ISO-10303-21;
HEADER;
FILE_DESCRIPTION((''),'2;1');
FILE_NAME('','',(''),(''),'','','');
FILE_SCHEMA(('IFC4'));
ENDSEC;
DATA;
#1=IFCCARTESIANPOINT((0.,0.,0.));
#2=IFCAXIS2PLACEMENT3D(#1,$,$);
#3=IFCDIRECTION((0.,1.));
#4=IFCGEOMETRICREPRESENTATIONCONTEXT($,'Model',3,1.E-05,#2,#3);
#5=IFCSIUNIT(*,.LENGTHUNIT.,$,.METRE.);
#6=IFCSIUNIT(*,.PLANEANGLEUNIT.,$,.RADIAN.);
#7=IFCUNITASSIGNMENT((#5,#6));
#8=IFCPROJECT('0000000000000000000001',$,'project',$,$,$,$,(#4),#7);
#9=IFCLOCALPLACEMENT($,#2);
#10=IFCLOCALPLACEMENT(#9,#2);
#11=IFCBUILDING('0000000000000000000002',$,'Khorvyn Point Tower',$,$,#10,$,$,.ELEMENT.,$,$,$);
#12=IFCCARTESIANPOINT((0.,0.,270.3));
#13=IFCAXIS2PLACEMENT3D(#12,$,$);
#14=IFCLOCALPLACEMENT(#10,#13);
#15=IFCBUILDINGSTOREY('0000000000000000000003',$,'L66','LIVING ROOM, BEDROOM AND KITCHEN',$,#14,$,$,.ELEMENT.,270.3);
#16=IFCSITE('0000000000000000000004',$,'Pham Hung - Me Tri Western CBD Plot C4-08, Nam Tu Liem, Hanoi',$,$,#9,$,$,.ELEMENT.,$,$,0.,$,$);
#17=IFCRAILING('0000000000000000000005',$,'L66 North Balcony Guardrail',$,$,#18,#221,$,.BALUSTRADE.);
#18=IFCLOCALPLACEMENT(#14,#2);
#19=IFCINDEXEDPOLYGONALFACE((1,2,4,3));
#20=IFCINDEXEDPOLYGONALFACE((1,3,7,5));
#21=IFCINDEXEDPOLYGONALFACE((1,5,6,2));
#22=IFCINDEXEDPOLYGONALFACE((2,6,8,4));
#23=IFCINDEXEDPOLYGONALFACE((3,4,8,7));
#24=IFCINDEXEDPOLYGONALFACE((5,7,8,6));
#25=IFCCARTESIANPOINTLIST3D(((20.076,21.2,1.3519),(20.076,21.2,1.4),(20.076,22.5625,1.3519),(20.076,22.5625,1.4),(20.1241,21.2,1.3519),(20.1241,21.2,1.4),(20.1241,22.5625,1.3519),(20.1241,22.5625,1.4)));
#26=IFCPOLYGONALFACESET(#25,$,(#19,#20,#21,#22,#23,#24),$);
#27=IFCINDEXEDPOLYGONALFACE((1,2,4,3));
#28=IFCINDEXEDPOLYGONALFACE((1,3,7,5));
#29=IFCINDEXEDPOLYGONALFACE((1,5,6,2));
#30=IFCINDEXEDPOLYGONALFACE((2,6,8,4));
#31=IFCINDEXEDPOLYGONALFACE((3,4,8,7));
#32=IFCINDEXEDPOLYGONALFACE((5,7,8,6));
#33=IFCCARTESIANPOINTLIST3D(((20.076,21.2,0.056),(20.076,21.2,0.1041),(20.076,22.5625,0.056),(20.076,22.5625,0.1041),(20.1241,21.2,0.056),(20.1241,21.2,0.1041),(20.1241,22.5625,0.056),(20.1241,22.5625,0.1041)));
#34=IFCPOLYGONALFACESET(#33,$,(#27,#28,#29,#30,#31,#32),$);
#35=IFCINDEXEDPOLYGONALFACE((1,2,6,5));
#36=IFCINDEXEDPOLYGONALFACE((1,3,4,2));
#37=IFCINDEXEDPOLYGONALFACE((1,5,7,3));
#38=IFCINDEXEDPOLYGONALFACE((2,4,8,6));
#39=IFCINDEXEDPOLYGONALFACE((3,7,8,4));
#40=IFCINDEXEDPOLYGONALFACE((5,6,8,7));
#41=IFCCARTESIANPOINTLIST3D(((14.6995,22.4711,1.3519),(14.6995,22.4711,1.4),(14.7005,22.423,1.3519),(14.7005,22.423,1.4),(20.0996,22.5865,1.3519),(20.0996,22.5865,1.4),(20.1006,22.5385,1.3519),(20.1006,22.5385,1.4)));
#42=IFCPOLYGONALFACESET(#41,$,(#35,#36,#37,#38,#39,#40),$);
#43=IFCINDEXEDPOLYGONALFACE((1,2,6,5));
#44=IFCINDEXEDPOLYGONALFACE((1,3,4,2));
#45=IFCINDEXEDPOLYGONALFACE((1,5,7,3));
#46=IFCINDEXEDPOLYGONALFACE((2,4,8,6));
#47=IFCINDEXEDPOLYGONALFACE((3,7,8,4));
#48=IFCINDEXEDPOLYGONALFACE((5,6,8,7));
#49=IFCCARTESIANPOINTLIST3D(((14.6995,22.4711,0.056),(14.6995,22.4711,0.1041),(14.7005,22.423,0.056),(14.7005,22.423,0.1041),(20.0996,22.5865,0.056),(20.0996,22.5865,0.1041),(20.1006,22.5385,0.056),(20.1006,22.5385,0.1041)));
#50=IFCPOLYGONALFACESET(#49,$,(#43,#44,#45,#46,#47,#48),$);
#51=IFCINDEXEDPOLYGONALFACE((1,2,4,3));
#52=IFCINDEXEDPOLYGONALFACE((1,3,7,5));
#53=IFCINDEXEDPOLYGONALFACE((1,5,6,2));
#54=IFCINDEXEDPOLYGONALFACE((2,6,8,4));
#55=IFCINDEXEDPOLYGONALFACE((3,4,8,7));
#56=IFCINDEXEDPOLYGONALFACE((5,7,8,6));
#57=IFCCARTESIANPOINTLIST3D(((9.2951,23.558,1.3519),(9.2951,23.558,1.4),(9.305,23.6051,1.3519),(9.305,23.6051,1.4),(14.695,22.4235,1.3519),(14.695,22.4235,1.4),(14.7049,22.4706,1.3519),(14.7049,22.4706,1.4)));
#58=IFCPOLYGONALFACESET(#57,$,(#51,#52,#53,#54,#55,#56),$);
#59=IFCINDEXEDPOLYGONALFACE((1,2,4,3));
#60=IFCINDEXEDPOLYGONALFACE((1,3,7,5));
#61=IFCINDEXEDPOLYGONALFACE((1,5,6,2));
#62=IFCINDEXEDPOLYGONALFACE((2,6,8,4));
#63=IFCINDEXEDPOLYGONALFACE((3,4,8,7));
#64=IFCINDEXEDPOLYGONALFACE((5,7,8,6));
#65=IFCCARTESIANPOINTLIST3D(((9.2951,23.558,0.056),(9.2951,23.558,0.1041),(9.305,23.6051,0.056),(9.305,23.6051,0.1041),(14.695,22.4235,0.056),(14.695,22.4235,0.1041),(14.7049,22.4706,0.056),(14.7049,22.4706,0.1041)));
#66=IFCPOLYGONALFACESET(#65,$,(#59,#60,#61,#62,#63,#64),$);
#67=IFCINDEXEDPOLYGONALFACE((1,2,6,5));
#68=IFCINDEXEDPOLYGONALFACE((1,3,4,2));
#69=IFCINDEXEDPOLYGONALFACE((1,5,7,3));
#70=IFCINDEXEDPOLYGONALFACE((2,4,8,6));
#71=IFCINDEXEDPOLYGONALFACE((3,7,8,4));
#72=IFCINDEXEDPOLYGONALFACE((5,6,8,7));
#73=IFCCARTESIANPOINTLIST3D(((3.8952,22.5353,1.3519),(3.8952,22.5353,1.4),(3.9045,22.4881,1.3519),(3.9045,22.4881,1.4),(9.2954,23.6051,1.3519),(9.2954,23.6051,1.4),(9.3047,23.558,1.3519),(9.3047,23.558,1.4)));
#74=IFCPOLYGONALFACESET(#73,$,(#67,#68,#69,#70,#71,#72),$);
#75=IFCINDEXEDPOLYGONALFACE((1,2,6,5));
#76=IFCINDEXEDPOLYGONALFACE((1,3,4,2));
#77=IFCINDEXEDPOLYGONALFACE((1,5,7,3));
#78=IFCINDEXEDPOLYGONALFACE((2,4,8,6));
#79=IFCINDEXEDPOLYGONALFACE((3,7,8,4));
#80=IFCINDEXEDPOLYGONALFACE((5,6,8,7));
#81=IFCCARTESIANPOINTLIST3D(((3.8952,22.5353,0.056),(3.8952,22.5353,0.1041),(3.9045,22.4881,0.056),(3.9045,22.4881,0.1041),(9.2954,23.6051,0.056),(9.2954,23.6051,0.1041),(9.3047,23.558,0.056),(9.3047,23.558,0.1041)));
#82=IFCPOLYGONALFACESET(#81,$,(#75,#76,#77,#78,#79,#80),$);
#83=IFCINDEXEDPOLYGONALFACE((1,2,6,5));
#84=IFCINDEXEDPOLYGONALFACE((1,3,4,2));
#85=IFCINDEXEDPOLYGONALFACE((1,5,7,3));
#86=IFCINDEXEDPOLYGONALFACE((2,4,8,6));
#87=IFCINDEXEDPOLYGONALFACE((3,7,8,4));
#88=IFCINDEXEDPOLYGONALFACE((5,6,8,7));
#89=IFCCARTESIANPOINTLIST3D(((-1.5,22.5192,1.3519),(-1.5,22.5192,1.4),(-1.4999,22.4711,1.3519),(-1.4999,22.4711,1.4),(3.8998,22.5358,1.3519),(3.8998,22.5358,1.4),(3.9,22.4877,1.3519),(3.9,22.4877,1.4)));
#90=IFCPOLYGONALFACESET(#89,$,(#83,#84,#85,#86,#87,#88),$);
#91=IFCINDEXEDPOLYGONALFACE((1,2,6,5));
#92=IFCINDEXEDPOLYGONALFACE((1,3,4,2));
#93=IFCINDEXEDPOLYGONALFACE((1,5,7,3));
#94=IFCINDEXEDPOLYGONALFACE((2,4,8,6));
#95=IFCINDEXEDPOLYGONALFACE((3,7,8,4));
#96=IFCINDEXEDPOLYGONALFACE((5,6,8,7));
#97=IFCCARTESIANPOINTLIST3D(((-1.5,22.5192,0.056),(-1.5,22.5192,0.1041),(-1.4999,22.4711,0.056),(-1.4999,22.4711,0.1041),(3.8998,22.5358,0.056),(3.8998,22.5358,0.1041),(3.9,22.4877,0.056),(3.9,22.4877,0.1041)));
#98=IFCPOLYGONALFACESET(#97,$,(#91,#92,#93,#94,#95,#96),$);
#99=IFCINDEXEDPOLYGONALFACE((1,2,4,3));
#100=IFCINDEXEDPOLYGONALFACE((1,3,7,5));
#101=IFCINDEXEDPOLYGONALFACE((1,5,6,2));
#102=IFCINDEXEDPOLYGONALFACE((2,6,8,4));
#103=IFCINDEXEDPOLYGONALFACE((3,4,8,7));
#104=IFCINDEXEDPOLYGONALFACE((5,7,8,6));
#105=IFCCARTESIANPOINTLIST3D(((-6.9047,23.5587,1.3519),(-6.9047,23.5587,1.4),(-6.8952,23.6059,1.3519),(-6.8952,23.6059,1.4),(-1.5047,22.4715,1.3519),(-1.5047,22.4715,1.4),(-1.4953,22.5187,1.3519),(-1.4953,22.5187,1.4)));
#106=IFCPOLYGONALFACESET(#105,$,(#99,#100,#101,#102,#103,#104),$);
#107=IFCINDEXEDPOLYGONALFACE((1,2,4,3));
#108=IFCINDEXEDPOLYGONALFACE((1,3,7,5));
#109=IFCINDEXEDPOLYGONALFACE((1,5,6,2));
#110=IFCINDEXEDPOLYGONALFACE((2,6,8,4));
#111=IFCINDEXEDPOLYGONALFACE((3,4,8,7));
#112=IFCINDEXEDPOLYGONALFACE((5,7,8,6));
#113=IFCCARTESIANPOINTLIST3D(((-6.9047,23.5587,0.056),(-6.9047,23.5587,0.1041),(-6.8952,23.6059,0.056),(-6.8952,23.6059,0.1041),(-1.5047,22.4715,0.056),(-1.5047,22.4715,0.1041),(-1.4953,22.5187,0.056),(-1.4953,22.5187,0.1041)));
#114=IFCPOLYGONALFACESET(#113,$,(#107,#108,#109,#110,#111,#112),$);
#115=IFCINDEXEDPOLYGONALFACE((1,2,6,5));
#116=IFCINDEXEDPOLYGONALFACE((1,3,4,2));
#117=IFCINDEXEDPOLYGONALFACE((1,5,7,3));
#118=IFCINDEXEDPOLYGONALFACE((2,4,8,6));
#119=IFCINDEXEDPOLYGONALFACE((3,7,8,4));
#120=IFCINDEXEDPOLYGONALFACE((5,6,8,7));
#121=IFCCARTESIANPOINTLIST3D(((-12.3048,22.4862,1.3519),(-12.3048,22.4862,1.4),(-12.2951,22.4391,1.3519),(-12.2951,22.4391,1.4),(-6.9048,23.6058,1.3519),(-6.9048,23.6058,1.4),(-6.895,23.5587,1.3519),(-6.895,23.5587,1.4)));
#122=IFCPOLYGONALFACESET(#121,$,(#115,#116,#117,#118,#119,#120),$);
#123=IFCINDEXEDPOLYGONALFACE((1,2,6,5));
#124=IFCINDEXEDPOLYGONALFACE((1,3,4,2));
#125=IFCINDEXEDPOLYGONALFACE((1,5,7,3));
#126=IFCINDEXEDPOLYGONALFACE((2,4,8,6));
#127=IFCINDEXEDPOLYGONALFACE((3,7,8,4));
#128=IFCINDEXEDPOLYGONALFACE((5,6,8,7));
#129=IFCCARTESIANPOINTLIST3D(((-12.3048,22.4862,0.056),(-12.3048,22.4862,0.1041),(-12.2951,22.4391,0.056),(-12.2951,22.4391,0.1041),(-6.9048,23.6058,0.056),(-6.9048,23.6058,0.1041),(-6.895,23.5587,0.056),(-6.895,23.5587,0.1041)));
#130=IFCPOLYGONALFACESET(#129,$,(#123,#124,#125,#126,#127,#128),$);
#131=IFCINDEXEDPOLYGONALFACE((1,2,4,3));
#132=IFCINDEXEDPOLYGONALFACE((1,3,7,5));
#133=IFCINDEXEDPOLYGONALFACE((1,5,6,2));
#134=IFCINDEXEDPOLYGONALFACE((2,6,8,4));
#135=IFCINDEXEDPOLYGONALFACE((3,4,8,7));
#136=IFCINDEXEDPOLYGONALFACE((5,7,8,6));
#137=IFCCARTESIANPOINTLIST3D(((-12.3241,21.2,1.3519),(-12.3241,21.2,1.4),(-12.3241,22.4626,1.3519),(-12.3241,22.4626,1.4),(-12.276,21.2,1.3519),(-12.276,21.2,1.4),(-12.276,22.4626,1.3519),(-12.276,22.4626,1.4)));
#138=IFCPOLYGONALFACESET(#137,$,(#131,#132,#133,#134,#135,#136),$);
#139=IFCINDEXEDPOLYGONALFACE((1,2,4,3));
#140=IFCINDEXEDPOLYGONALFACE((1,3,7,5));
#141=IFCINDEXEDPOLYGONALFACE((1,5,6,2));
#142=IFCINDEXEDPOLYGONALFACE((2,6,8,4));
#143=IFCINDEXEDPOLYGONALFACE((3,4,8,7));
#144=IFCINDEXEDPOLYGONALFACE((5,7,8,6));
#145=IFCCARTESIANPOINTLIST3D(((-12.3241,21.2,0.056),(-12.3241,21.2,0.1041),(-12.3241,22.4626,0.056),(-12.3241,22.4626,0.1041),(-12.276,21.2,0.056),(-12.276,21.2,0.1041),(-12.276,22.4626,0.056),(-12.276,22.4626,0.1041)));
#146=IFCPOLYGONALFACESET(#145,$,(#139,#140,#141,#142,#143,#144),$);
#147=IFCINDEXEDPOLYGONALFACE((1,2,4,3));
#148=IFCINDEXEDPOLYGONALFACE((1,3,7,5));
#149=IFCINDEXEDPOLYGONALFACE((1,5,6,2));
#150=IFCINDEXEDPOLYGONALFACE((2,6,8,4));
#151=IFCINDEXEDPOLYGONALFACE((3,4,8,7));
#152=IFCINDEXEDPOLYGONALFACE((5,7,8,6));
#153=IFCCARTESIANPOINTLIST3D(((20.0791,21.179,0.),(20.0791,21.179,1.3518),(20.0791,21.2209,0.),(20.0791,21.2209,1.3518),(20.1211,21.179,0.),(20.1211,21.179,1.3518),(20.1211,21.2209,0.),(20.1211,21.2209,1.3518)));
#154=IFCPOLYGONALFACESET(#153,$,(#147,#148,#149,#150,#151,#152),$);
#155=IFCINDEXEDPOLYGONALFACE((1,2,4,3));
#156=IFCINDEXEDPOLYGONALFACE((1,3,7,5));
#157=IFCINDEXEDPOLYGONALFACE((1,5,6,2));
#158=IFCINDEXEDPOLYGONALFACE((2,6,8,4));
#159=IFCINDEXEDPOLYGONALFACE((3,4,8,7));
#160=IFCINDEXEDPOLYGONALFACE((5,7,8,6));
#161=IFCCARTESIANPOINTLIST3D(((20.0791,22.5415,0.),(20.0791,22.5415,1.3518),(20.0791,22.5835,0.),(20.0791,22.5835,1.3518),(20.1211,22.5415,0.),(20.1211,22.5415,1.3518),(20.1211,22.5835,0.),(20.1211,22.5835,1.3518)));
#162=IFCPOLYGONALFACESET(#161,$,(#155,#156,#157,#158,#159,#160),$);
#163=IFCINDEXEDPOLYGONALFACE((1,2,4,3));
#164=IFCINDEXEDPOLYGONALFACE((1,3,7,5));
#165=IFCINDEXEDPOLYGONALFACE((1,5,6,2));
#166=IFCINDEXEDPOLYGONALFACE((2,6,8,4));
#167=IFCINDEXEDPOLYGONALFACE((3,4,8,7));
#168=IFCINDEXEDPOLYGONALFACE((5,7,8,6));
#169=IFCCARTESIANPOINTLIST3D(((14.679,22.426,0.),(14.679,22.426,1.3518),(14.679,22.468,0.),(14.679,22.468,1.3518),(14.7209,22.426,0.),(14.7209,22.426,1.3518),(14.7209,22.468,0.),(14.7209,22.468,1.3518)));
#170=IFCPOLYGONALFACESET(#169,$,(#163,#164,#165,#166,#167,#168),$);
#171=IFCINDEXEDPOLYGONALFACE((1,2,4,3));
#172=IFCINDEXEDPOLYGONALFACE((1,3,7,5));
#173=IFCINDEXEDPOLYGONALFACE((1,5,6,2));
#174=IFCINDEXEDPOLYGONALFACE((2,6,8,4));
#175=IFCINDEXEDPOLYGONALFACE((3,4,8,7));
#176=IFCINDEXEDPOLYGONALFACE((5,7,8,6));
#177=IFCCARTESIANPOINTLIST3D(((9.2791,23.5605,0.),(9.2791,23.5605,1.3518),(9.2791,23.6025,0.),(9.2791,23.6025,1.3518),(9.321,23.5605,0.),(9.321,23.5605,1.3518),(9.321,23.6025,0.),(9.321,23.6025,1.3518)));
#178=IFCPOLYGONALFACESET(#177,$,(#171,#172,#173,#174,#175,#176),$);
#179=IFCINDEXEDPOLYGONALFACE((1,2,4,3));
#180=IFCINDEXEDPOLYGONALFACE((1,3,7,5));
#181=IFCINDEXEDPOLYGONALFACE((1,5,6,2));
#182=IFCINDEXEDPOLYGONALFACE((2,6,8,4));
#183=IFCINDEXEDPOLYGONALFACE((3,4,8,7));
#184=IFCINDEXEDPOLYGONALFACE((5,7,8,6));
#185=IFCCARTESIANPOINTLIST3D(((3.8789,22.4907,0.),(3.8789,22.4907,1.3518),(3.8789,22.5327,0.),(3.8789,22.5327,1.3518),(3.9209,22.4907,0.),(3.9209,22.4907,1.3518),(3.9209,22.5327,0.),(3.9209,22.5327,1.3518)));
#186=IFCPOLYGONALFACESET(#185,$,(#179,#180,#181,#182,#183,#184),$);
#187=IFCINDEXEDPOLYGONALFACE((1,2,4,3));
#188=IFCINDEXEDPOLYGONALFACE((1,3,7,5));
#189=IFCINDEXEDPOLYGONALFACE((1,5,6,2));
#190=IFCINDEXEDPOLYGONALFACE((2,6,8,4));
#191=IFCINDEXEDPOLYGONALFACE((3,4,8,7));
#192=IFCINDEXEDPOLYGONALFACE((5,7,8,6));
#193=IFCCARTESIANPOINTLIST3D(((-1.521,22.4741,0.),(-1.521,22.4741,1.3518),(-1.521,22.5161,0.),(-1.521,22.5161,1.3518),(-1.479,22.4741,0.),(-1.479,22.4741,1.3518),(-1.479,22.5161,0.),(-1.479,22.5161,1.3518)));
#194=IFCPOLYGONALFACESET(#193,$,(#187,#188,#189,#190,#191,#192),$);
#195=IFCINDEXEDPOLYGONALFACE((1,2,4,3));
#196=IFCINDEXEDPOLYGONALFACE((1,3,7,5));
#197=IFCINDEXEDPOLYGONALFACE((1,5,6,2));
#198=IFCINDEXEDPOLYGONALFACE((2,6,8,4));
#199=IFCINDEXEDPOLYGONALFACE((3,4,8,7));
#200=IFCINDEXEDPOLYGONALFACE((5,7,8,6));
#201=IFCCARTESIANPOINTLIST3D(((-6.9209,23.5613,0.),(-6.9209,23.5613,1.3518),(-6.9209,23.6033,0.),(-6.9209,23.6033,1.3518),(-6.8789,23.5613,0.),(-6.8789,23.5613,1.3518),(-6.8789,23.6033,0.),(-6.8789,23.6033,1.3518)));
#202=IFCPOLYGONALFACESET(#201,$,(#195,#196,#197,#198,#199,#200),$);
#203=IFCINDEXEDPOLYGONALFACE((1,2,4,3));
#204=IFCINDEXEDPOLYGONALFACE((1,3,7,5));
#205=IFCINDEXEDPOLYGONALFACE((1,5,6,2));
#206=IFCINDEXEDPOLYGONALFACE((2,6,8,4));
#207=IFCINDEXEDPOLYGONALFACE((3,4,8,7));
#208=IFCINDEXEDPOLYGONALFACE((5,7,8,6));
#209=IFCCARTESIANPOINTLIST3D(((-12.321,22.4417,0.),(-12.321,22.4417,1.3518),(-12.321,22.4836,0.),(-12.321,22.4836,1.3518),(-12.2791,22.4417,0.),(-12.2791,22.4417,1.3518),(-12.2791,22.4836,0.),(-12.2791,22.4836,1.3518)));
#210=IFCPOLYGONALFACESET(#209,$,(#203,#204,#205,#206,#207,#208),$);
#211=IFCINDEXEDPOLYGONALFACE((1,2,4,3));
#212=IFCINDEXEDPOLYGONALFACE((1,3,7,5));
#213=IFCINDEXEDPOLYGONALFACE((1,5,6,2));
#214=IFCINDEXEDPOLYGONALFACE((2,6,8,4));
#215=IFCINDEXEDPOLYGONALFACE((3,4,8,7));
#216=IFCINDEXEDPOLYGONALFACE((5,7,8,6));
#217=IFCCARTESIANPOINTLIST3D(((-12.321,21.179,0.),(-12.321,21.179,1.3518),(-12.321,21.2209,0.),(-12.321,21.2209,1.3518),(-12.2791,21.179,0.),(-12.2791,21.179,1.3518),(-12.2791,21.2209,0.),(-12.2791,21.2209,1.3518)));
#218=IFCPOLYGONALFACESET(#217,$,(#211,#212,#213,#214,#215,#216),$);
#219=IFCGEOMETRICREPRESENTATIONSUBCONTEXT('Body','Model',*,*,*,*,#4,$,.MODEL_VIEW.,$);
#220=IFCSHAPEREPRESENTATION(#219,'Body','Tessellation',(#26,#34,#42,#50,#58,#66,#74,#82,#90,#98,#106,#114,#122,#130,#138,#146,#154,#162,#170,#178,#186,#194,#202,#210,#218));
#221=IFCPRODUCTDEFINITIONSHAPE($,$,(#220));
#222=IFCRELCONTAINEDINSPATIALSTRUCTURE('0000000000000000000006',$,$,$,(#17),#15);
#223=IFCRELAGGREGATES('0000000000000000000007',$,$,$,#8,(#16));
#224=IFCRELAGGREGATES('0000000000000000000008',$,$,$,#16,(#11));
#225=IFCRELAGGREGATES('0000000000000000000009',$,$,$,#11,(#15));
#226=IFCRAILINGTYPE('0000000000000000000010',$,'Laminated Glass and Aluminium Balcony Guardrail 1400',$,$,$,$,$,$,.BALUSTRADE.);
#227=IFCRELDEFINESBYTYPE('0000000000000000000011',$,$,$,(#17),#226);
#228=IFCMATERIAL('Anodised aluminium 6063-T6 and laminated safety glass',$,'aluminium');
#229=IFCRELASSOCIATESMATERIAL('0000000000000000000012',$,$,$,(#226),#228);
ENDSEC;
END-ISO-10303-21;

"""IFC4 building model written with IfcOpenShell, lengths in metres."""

from ifc_helpers import new_model, si_unit, direction, frame, origin, origin_2d, place, context, subcontext, project, spatial, rectangle, extrude, material, type_object, element, save


model = new_model("IFC4")

# Units and contexts
model_context = context("Model", 3, precision=1e-05, world=origin(), true_north=direction((0.0, 1.0)))
body_context = subcontext(model_context, "Body", "Model", "MODEL_VIEW")
ifc_project = project(units=[si_unit("LENGTHUNIT", "METRE"), si_unit("PLANEANGLEUNIT", "RADIAN")], contexts=[model_context])

# Site, building, storey
site_placement = place(None, origin())
site = spatial("IfcSite", under=ifc_project, at=site_placement, Name="Pham Hung - Me Tri Western CBD Plot C4-08, Nam Tu Liem, Hanoi", CompositionType="ELEMENT", RefElevation=0.0)
building_placement = place(site_placement, origin())
building = spatial("IfcBuilding", under=site, at=building_placement, Name="Khorvyn Point Tower", CompositionType="ELEMENT")
storey_placement = place(building_placement, frame((0.0, 0.0, 270.3)))
storey = spatial("IfcBuildingStorey", under=building, at=storey_placement, Name="L66", Description="LIVING ROOM, BEDROOM AND KITCHEN", CompositionType="ELEMENT", Elevation=270.3)

# Railing
ifc_material_1 = material(Name="Anodised aluminium 6063-T6 and laminated safety glass", Category="aluminium")
railing_type = type_object("IfcRailingType", Name="Laminated Glass and Aluminium Balcony Guardrail 1400", PredefinedType="BALUSTRADE", material=ifc_material_1)
railing_1_placement = place(storey_placement, frame((20.1001, 21.2, 0.0)))
element("IfcRailing", 1, at=railing_1_placement, inside=storey, type_object=railing_type, Name="L66 North Balcony Guardrail", PredefinedType="BALUSTRADE", context=body_context, shape_type="SweptSolid", body=[
    extrude(rectangle(XDim=0.0481, YDim=0.0481, at=origin_2d()), frame((0.0, 0.0, 1.376), z_axis=(0.0, 1.0, 0.0), x_axis=(-1.0, 0.0, 0.0)), (0.0, 0.0, 1.0), 1.3625),
    extrude(rectangle(XDim=0.0481, YDim=0.0481, at=origin_2d()), frame((0.0, 0.0, 0.0801), z_axis=(0.0, 1.0, 0.0), x_axis=(-1.0, 0.0, 0.0)), (0.0, 0.0, 1.0), 1.3625),
    extrude(rectangle(XDim=0.0481, YDim=0.0481, at=origin_2d()), frame((0.0, 1.3625, 1.376), z_axis=(-0.999771, -0.021379, 0.0), x_axis=(0.021379, -0.999771, 0.0)), (0.0, 0.0, 1.0), 5.4014),
    extrude(rectangle(XDim=0.0481, YDim=0.0481, at=origin_2d()), frame((0.0, 1.3625, 0.0801), z_axis=(-0.999771, -0.021379, 0.0), x_axis=(0.021379, -0.999771, 0.0)), (0.0, 0.0, 1.0), 5.4014),
    extrude(rectangle(XDim=0.0481, YDim=0.0481, at=origin_2d()), frame((-5.4001, 1.2471, 1.376), z_axis=(-0.978634, 0.205611, 0.0), x_axis=(-0.205611, -0.978634, 0.0)), (0.0, 0.0, 1.0), 5.5178),
    extrude(rectangle(XDim=0.0481, YDim=0.0481, at=origin_2d()), frame((-5.4001, 1.2471, 0.0801), z_axis=(-0.978634, 0.205611, 0.0), x_axis=(-0.205611, -0.978634, 0.0)), (0.0, 0.0, 1.0), 5.5178),
    extrude(rectangle(XDim=0.0481, YDim=0.0481, at=origin_2d()), frame((-10.8, 2.3816, 1.376), z_axis=(-0.980936, -0.194333, 0.0), x_axis=(0.194333, -0.980936, 0.0)), (0.0, 0.0, 1.0), 5.5051),
    extrude(rectangle(XDim=0.0481, YDim=0.0481, at=origin_2d()), frame((-10.8, 2.3816, 0.0801), z_axis=(-0.980936, -0.194333, 0.0), x_axis=(0.194333, -0.980936, 0.0)), (0.0, 0.0, 1.0), 5.5051),
    extrude(rectangle(XDim=0.0481, YDim=0.0481, at=origin_2d()), frame((-16.2002, 1.3118, 1.376), z_axis=(-0.999995, -0.003074, 0.0), x_axis=(0.003074, -0.999995, 0.0)), (0.0, 0.0, 1.0), 5.3999),
    extrude(rectangle(XDim=0.0481, YDim=0.0481, at=origin_2d()), frame((-16.2002, 1.3118, 0.0801), z_axis=(-0.999995, -0.003074, 0.0), x_axis=(0.003074, -0.999995, 0.0)), (0.0, 0.0, 1.0), 5.3999),
    extrude(rectangle(XDim=0.0481, YDim=0.0481, at=origin_2d()), frame((-21.6001, 1.2952, 1.376), z_axis=(-0.980329, 0.197369, 0.0), x_axis=(-0.197369, -0.980329, 0.0)), (0.0, 0.0, 1.0), 5.5083),
    extrude(rectangle(XDim=0.0481, YDim=0.0481, at=origin_2d()), frame((-21.6001, 1.2952, 0.0801), z_axis=(-0.980329, 0.197369, 0.0), x_axis=(-0.197369, -0.980329, 0.0)), (0.0, 0.0, 1.0), 5.5083),
    extrude(rectangle(XDim=0.0481, YDim=0.0481, at=origin_2d()), frame((-27.0, 2.3823, 1.376), z_axis=(-0.979176, -0.203015, 0.0), x_axis=(0.203015, -0.979176, 0.0)), (0.0, 0.0, 1.0), 5.5149),
    extrude(rectangle(XDim=0.0481, YDim=0.0481, at=origin_2d()), frame((-27.0, 2.3823, 0.0801), z_axis=(-0.979176, -0.203015, 0.0), x_axis=(0.203015, -0.979176, 0.0)), (0.0, 0.0, 1.0), 5.5149),
    extrude(rectangle(XDim=0.0481, YDim=0.0481, at=origin_2d()), frame((-32.4001, 1.2627, 1.376), z_axis=(0.0, -1.0, 0.0), x_axis=(1.0, 0.0, 0.0)), (0.0, 0.0, 1.0), 1.2627),
    extrude(rectangle(XDim=0.0481, YDim=0.0481, at=origin_2d()), frame((-32.4001, 1.2627, 0.0801), z_axis=(0.0, -1.0, 0.0), x_axis=(1.0, 0.0, 0.0)), (0.0, 0.0, 1.0), 1.2627),
    extrude(rectangle(XDim=0.042, YDim=0.042, at=origin_2d()), origin(), (0.0, 0.0, 1.0), 1.3518),
    extrude(rectangle(XDim=0.042, YDim=0.042, at=origin_2d()), frame((0.0, 1.3625, 0.0)), (0.0, 0.0, 1.0), 1.3518),
    extrude(rectangle(XDim=0.042, YDim=0.042, at=origin_2d()), frame((-5.4001, 1.2471, 0.0)), (0.0, 0.0, 1.0), 1.3518),
    extrude(rectangle(XDim=0.042, YDim=0.042, at=origin_2d()), frame((-10.8, 2.3816, 0.0)), (0.0, 0.0, 1.0), 1.3518),
    extrude(rectangle(XDim=0.042, YDim=0.042, at=origin_2d()), frame((-16.2002, 1.3118, 0.0)), (0.0, 0.0, 1.0), 1.3518),
    extrude(rectangle(XDim=0.042, YDim=0.042, at=origin_2d()), frame((-21.6001, 1.2952, 0.0)), (0.0, 0.0, 1.0), 1.3518),
    extrude(rectangle(XDim=0.042, YDim=0.042, at=origin_2d()), frame((-27.0, 2.3823, 0.0)), (0.0, 0.0, 1.0), 1.3518),
    extrude(rectangle(XDim=0.042, YDim=0.042, at=origin_2d()), frame((-32.4001, 1.2627, 0.0)), (0.0, 0.0, 1.0), 1.3518),
    extrude(rectangle(XDim=0.042, YDim=0.042, at=origin_2d()), frame((-32.4001, 0.0, 0.0)), (0.0, 0.0, 1.0), 1.3518),
])

save(model, "model.ifc")
